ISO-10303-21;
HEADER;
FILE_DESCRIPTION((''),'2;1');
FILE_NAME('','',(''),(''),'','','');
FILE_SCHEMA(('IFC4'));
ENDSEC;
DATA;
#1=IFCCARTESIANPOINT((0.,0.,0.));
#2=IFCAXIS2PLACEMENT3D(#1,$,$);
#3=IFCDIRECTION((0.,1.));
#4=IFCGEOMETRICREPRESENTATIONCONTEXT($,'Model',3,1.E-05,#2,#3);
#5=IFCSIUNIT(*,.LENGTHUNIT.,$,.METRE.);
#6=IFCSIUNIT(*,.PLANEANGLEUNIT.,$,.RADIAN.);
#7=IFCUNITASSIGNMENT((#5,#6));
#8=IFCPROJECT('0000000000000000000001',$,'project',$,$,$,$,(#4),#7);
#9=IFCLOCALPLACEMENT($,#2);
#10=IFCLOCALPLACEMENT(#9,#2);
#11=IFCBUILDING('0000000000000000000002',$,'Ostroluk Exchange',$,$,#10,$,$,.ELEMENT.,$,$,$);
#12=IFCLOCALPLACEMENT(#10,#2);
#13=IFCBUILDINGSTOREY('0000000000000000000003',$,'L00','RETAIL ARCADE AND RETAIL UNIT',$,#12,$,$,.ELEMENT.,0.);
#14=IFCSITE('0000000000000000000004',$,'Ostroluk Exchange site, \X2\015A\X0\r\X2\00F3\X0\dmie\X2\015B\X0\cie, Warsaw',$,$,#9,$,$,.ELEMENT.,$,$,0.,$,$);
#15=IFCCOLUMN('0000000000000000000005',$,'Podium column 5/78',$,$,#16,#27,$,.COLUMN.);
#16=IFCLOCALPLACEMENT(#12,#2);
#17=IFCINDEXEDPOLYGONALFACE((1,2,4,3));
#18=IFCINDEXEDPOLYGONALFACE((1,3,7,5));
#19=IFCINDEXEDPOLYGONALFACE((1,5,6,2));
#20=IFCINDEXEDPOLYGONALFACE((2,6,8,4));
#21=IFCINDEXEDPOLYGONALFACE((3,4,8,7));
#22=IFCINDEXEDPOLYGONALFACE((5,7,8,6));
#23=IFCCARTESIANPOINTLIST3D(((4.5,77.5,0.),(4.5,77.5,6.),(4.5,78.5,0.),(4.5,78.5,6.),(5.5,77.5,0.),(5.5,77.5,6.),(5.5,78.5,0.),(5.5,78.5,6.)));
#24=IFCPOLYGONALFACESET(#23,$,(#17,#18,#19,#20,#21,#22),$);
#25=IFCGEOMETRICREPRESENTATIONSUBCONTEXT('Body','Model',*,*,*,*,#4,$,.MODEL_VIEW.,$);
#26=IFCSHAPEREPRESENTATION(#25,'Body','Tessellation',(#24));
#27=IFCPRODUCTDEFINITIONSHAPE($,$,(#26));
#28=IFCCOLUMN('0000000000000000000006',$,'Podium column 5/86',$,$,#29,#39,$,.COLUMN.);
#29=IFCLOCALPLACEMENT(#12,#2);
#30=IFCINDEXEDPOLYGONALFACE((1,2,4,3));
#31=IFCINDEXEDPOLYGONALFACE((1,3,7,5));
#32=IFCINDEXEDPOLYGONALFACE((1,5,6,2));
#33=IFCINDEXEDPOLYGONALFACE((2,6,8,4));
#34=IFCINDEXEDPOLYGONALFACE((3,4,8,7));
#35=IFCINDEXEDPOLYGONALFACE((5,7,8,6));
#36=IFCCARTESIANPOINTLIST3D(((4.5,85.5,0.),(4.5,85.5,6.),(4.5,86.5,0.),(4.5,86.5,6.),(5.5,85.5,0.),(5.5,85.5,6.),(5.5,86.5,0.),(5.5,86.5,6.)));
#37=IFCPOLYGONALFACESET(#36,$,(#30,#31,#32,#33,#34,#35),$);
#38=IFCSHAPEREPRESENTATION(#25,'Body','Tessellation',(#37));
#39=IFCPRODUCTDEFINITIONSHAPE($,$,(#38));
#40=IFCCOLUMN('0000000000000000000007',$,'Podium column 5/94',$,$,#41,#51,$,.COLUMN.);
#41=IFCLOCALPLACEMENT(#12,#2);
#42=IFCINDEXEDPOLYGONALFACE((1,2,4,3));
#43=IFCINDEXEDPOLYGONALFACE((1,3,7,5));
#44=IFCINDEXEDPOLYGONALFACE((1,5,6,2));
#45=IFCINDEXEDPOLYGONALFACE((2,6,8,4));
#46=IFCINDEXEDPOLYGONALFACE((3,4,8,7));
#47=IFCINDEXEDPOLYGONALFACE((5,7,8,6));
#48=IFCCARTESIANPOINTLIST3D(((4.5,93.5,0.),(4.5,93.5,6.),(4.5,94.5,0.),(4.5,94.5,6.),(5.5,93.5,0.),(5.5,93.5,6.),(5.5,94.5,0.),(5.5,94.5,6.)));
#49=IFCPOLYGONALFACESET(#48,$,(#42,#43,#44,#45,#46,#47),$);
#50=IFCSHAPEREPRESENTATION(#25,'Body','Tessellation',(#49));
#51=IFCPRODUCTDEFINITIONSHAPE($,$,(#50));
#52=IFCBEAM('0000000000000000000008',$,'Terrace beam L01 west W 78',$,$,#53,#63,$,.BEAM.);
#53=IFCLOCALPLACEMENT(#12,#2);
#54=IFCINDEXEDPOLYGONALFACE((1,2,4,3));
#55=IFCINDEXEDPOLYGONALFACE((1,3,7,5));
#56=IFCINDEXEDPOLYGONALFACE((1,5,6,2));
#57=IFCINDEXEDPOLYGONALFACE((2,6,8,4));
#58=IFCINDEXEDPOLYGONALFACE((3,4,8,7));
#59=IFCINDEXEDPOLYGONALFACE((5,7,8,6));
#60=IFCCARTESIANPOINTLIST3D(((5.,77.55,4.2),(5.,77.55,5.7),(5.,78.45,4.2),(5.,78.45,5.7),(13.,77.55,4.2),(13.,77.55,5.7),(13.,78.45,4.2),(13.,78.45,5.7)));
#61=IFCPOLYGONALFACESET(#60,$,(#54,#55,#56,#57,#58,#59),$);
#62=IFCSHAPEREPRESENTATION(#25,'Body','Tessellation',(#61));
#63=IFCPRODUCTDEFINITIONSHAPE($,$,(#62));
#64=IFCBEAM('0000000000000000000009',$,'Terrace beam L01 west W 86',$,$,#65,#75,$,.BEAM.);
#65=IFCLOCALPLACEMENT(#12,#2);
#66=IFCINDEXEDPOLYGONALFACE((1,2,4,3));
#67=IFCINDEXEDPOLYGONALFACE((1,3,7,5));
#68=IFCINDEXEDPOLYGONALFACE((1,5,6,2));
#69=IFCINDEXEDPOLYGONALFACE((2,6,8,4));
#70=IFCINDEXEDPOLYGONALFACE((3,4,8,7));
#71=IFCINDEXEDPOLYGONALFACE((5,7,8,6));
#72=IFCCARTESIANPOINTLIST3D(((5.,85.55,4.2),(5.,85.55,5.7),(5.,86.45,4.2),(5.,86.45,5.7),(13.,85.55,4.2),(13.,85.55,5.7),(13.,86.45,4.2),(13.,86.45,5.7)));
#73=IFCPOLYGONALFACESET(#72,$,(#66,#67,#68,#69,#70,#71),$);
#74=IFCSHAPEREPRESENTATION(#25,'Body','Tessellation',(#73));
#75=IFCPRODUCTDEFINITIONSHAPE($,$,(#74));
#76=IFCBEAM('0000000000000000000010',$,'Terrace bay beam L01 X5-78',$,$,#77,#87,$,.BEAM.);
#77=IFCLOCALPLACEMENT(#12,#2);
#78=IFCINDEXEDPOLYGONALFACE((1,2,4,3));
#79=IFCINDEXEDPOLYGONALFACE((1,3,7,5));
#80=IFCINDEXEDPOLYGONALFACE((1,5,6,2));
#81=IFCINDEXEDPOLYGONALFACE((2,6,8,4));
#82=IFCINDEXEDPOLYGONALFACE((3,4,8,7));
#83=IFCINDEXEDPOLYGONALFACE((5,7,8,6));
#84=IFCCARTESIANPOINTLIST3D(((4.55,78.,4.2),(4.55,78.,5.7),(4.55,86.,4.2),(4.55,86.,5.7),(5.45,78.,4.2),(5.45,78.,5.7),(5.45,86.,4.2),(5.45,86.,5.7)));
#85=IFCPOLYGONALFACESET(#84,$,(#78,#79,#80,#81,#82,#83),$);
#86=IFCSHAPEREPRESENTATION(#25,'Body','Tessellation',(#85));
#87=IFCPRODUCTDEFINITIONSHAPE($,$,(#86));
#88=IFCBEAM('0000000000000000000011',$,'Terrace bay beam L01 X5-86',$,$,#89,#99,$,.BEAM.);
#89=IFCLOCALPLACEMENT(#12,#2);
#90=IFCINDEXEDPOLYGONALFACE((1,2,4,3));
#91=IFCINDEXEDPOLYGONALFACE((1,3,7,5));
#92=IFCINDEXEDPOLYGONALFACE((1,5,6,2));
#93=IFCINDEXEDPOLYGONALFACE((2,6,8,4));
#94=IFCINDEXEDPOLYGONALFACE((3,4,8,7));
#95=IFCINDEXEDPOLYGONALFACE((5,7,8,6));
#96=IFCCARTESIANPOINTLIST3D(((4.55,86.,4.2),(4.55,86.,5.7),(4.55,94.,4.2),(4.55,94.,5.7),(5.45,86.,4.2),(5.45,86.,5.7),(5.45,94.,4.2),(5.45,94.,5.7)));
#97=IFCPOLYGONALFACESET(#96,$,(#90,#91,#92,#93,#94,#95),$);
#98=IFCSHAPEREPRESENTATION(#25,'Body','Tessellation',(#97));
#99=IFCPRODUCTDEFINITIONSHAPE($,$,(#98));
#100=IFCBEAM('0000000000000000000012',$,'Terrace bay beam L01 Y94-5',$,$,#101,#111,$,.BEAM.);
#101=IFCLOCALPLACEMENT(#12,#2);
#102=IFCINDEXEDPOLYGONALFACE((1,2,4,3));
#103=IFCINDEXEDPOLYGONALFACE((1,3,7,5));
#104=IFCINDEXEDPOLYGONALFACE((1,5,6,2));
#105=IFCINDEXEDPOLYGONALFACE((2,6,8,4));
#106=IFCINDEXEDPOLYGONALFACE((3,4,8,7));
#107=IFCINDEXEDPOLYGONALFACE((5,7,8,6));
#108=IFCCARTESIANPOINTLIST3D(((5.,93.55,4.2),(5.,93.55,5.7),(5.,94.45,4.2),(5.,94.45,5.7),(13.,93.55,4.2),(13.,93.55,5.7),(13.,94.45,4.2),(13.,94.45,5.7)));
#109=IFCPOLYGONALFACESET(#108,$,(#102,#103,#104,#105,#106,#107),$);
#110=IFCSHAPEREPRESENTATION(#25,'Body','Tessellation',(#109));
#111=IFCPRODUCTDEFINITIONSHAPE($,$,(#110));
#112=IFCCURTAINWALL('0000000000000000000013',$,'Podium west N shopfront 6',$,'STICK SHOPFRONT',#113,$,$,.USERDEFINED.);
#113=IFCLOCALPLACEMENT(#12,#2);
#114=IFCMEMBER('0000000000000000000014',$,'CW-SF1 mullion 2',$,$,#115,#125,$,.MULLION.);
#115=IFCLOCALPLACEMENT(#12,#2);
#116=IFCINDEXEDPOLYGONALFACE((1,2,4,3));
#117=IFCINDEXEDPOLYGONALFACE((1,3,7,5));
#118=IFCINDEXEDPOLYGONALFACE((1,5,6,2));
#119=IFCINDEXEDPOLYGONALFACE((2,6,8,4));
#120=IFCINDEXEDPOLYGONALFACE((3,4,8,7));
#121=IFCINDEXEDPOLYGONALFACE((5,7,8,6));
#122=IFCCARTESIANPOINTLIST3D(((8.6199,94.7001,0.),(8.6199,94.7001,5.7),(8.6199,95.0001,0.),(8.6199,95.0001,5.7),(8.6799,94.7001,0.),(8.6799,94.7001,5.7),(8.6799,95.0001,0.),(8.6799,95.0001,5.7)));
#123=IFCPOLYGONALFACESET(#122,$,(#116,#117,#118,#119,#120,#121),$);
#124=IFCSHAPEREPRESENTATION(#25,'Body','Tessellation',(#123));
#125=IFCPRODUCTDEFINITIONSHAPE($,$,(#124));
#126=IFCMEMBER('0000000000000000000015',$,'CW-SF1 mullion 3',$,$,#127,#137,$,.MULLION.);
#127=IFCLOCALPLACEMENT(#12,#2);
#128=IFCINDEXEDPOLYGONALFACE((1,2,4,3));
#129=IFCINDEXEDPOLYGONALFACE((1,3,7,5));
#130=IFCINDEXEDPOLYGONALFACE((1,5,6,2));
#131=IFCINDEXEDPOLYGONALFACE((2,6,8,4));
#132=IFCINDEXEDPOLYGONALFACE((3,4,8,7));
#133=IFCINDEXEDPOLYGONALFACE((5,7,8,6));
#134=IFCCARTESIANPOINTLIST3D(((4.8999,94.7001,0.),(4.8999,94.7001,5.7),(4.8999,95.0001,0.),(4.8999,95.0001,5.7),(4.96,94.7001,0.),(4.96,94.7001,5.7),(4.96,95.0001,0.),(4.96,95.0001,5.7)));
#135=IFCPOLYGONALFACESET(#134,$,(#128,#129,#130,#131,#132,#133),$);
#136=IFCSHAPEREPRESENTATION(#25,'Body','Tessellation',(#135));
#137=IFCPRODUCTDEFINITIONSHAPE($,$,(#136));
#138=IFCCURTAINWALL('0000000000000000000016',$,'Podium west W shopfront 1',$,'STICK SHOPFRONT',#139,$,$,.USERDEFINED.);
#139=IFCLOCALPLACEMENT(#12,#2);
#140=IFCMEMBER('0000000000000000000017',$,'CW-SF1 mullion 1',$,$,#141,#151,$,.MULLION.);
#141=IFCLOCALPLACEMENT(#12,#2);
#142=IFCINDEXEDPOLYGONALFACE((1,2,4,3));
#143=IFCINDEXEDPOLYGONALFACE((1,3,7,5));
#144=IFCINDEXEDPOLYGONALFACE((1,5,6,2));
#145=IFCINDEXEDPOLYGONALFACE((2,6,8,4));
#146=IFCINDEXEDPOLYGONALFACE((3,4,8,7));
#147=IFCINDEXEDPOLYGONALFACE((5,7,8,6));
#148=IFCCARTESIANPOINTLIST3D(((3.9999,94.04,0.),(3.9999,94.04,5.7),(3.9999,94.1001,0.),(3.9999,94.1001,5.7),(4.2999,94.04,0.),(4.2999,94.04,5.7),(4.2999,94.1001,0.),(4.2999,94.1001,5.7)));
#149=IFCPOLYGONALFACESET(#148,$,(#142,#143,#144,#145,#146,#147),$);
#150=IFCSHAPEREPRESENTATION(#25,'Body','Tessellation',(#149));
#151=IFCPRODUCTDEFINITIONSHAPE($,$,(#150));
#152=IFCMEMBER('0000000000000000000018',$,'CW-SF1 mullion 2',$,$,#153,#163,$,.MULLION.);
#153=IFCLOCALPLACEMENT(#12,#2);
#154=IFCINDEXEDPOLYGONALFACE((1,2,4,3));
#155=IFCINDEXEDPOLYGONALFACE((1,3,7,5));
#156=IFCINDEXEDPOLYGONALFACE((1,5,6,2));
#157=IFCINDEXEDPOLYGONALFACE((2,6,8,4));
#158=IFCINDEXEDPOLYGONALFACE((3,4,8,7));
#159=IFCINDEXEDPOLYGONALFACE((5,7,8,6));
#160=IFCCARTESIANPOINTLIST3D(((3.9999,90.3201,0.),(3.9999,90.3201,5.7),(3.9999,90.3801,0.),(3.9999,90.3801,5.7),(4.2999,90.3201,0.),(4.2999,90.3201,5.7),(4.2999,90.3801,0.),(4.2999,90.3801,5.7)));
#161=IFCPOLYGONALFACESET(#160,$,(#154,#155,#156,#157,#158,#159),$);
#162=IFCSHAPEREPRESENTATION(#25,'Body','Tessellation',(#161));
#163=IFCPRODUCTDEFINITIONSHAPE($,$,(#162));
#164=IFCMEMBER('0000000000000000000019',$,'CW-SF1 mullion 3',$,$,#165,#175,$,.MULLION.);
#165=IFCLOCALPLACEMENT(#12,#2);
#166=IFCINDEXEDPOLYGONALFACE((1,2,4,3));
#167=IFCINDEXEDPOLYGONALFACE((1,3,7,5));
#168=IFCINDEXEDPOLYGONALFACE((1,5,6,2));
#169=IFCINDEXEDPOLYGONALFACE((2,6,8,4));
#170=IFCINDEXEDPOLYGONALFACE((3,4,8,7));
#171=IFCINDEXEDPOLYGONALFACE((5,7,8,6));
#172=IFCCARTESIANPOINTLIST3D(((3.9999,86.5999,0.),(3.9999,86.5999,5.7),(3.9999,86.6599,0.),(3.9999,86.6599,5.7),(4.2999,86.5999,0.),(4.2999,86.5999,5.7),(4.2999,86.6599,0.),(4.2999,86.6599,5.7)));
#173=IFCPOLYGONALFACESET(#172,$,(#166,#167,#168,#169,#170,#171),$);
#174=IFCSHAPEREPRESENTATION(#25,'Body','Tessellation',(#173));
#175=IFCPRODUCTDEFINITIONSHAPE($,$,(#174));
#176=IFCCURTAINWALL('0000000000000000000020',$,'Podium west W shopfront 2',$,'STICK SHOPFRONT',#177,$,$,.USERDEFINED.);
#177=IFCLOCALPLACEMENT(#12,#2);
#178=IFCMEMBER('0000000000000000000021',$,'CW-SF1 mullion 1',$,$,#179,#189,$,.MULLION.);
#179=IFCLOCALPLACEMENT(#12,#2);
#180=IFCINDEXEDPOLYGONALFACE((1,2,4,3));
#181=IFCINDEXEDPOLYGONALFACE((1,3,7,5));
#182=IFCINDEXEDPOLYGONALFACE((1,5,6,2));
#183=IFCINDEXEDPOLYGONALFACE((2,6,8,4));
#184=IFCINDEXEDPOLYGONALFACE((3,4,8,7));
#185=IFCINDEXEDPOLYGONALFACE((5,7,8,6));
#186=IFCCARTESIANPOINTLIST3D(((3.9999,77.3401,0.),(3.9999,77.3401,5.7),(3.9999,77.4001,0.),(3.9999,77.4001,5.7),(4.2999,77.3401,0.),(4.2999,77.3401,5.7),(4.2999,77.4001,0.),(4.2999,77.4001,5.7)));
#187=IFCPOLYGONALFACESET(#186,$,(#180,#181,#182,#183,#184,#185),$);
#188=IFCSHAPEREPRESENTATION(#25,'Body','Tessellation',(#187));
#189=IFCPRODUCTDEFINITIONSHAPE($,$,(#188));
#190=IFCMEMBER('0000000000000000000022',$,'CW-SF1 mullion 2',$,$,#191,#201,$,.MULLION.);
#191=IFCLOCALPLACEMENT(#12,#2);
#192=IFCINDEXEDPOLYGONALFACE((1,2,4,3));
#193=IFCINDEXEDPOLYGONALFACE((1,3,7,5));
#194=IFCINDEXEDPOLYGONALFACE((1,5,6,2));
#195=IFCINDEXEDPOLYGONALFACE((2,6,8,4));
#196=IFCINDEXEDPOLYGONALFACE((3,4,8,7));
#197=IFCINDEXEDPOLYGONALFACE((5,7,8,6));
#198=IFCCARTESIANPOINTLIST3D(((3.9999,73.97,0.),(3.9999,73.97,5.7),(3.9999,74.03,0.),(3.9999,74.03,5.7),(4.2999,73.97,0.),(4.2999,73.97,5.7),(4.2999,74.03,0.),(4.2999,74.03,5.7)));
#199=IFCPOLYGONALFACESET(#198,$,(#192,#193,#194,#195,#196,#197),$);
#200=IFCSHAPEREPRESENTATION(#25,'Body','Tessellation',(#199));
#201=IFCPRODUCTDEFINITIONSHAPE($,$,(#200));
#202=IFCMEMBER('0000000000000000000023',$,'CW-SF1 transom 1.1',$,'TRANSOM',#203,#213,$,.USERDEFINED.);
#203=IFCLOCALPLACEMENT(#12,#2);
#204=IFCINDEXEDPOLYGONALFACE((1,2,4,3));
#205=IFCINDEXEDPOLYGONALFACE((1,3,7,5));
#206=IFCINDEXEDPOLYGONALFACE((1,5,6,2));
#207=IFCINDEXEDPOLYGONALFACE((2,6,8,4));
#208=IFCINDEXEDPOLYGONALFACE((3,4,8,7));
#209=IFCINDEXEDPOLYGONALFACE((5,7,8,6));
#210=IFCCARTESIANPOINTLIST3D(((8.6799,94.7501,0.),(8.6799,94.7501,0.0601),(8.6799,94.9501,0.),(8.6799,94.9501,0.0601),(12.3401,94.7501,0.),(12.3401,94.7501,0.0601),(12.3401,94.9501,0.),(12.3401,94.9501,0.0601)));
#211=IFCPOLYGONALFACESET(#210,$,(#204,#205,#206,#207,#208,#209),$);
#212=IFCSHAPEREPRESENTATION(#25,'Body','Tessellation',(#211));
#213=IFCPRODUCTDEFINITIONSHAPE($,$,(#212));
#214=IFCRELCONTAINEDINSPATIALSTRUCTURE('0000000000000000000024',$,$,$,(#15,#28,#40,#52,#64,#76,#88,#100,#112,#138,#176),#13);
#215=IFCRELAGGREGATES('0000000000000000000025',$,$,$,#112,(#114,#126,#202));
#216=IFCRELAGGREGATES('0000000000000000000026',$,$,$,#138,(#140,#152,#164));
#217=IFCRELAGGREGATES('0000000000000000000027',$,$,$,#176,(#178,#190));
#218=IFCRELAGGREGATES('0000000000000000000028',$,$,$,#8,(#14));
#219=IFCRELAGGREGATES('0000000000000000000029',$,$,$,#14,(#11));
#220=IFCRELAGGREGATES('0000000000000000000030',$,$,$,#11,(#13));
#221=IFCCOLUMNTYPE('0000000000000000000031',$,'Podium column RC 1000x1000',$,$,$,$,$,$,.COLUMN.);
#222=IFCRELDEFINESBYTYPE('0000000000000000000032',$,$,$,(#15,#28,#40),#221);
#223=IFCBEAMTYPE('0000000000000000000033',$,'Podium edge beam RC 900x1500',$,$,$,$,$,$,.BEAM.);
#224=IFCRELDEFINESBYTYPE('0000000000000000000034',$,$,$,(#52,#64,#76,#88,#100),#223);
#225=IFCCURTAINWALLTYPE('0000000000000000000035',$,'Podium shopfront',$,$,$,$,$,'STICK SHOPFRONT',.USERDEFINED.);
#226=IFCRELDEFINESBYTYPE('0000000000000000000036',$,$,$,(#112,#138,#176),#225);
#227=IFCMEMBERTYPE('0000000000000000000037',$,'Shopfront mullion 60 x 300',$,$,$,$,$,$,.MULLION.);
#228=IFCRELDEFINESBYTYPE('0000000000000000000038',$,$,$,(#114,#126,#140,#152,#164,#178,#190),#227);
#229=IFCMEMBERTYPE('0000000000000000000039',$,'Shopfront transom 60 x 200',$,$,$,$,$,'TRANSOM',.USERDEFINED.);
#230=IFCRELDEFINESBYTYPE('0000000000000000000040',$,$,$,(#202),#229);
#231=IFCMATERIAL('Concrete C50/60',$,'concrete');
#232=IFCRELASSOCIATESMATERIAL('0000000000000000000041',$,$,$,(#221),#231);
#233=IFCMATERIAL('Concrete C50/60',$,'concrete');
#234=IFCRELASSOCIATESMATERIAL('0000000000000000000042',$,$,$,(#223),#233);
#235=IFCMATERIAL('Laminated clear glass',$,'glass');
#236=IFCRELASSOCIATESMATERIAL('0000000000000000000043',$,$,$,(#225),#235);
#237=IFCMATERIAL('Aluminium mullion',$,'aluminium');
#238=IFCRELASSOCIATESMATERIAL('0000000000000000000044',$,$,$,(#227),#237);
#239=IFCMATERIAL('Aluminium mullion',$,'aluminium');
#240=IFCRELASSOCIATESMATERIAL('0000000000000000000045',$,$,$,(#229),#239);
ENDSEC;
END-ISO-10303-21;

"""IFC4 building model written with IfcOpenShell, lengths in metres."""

from ifc_helpers import new_model, si_unit, direction, frame, origin, origin_2d, place, context, subcontext, project, spatial, rectangle, extrude, material, material_profile, profile_set, type_object, element, aggregate, save


model = new_model("IFC4")

# Units and contexts
model_context = context("Model", 3, precision=1e-05, world=origin(), true_north=direction((0.0, 1.0)))
body_context = subcontext(model_context, "Body", "Model", "MODEL_VIEW")
ifc_project = project(units=[si_unit("LENGTHUNIT", "METRE"), si_unit("PLANEANGLEUNIT", "RADIAN")], contexts=[model_context])

# Site, building, storey
site_placement = place(None, origin())
site = spatial("IfcSite", under=ifc_project, at=site_placement, Name="Ostroluk Exchange site, Śródmieście, Warsaw", CompositionType="ELEMENT", RefElevation=0.0)
building_placement = place(site_placement, origin())
building = spatial("IfcBuilding", under=site, at=building_placement, Name="Ostroluk Exchange", CompositionType="ELEMENT")
storey_placement = place(building_placement, origin())
storey = spatial("IfcBuildingStorey", under=building, at=storey_placement, Name="L00", Description="RETAIL ARCADE AND RETAIL UNIT", CompositionType="ELEMENT", Elevation=0.0)

# Columns
ifc_material_1 = material(Name="Concrete C50/60", Category="concrete")
ifc_material_profile_1 = material_profile(ifc_material_1, rectangle(XDim=1.0, YDim=1.0, at=origin_2d()), Name="RC 1000x1000")
ifc_profile_set_1 = profile_set([ifc_material_profile_1], Name="Concrete C50/60")
column_type = type_object("IfcColumnType", Name="Podium column RC 1000x1000", PredefinedType="COLUMN", material=ifc_profile_set_1)
for number, where, z_axis, x_axis, name in (
    (1, (5.0, 78.0, 0.0), (0.0, 0.0, 1.0), (1.0, 0.0, 0.0), "Podium column 5/78"),
    (2, (5.0, 86.0, 0.0), (0.0, 0.0, 1.0), (1.0, 0.0, 0.0), "Podium column 5/86"),
    (3, (5.0, 94.0, 0.0), (0.0, 0.0, 1.0), (1.0, 0.0, 0.0), "Podium column 5/94"),
):
    element("IfcColumn", number, at=place(storey_placement, frame(where, z_axis=z_axis, x_axis=x_axis)), inside=storey, type_object=column_type, Name=name, PredefinedType="COLUMN", context=body_context, shape_type="SweptSolid", body=[
        extrude(rectangle(XDim=1.0, YDim=1.0, at=origin_2d()), origin(), (0.0, 0.0, 1.0), 6.0),
    ])

# Beams
ifc_material_2 = material(Name="Concrete C50/60", Category="concrete")
ifc_material_profile_2 = material_profile(ifc_material_2, rectangle(XDim=0.8999, YDim=1.5, at=origin_2d()), Name="RC 900x1500")
ifc_profile_set_2 = profile_set([ifc_material_profile_2], Name="Concrete C50/60")
beam_type = type_object("IfcBeamType", Name="Podium edge beam RC 900x1500", PredefinedType="BEAM", material=ifc_profile_set_2)
for number, where, z_axis, x_axis, name in (
    (4, (5.0, 78.0, 4.95), (1.0, 0.0, 0.0), (0.0, 1.0, 0.0), "Terrace beam L01 west W 78"),
    (5, (5.0, 86.0, 4.95), (1.0, 0.0, 0.0), (0.0, 1.0, 0.0), "Terrace beam L01 west W 86"),
    (6, (5.0, 78.0, 4.95), (0.0, 1.0, 0.0), (-1.0, 0.0, 0.0), "Terrace bay beam L01 X5-78"),
    (7, (5.0, 86.0, 4.95), (0.0, 1.0, 0.0), (-1.0, 0.0, 0.0), "Terrace bay beam L01 X5-86"),
    (8, (5.0, 94.0, 4.95), (1.0, 0.0, 0.0), (0.0, 1.0, 0.0), "Terrace bay beam L01 Y94-5"),
):
    element("IfcBeam", number, at=place(storey_placement, frame(where, z_axis=z_axis, x_axis=x_axis)), inside=storey, type_object=beam_type, Name=name, PredefinedType="BEAM", context=body_context, shape_type="SweptSolid", body=[
        extrude(rectangle(XDim=0.8999, YDim=1.5, at=origin_2d()), origin(), (0.0, 0.0, 1.0), 8.0),
    ])

# Curtain walls, members
ifc_material_3 = material(Name="Laminated clear glass", Category="glass")
curtain_wall_type = type_object("IfcCurtainWallType", Name="Podium shopfront", ElementType="STICK SHOPFRONT", PredefinedType="USERDEFINED", material=ifc_material_3)
curtain_wall_1_placement = place(storey_placement, origin())
curtain_wall_1 = element("IfcCurtainWall", 9, at=curtain_wall_1_placement, inside=storey, type_object=curtain_wall_type, Name="Podium west N shopfront 6", ObjectType="STICK SHOPFRONT", PredefinedType="USERDEFINED")
ifc_material_4 = material(Name="Aluminium mullion", Category="aluminium")
ifc_material_profile_3 = material_profile(ifc_material_4, rectangle(XDim=0.3, YDim=0.0601, at=origin_2d()), Name="Shopfront mullion 60 x 300")
ifc_profile_set_3 = profile_set([ifc_material_profile_3], Name="Aluminium mullion")
member_type_1 = type_object("IfcMemberType", Name="Shopfront mullion 60 x 300", PredefinedType="MULLION", material=ifc_profile_set_3)
member_1_placement = place(storey_placement, frame((8.6499, 94.8501, 0.0), z_axis=(0.0, 0.0, 1.0), x_axis=(0.0, -1.0, 0.0)))
member_1 = element("IfcMember", 10, at=member_1_placement, type_object=member_type_1, Name="CW-SF1 mullion 2", PredefinedType="MULLION", context=body_context, shape_type="SweptSolid", body=[
    extrude(rectangle(XDim=0.3, YDim=0.0601, at=origin_2d()), origin(), (0.0, 0.0, 1.0), 5.7),
])
member_2_placement = place(storey_placement, frame((4.9299, 94.8501, 0.0), z_axis=(0.0, 0.0, 1.0), x_axis=(0.0, -1.0, 0.0)))
member_2 = element("IfcMember", 11, at=member_2_placement, type_object=member_type_1, Name="CW-SF1 mullion 3", PredefinedType="MULLION", context=body_context, shape_type="SweptSolid", body=[
    extrude(rectangle(XDim=0.3, YDim=0.0601, at=origin_2d()), origin(), (0.0, 0.0, 1.0), 5.7),
])
curtain_wall_2_placement = place(storey_placement, origin())
curtain_wall_2 = element("IfcCurtainWall", 12, at=curtain_wall_2_placement, inside=storey, type_object=curtain_wall_type, Name="Podium west W shopfront 1", ObjectType="STICK SHOPFRONT", PredefinedType="USERDEFINED")
member_3_placement = place(storey_placement, frame((4.1499, 94.0701, 0.0), z_axis=(0.0, 0.0, 1.0), x_axis=(1.0, 0.0, 0.0)))
member_3 = element("IfcMember", 13, at=member_3_placement, type_object=member_type_1, Name="CW-SF1 mullion 1", PredefinedType="MULLION", context=body_context, shape_type="SweptSolid", body=[
    extrude(rectangle(XDim=0.3, YDim=0.0601, at=origin_2d()), origin(), (0.0, 0.0, 1.0), 5.7),
])
member_4_placement = place(storey_placement, frame((4.1499, 90.3501, 0.0), z_axis=(0.0, 0.0, 1.0), x_axis=(1.0, 0.0, 0.0)))
member_4 = element("IfcMember", 14, at=member_4_placement, type_object=member_type_1, Name="CW-SF1 mullion 2", PredefinedType="MULLION", context=body_context, shape_type="SweptSolid", body=[
    extrude(rectangle(XDim=0.3, YDim=0.0601, at=origin_2d()), origin(), (0.0, 0.0, 1.0), 5.7),
])
member_5_placement = place(storey_placement, frame((4.1499, 86.6299, 0.0), z_axis=(0.0, 0.0, 1.0), x_axis=(1.0, 0.0, 0.0)))
member_5 = element("IfcMember", 15, at=member_5_placement, type_object=member_type_1, Name="CW-SF1 mullion 3", PredefinedType="MULLION", context=body_context, shape_type="SweptSolid", body=[
    extrude(rectangle(XDim=0.3, YDim=0.0601, at=origin_2d()), origin(), (0.0, 0.0, 1.0), 5.7),
])
curtain_wall_3_placement = place(storey_placement, origin())
curtain_wall_3 = element("IfcCurtainWall", 16, at=curtain_wall_3_placement, inside=storey, type_object=curtain_wall_type, Name="Podium west W shopfront 2", ObjectType="STICK SHOPFRONT", PredefinedType="USERDEFINED")
member_6_placement = place(storey_placement, frame((4.1499, 77.3701, 0.0), z_axis=(0.0, 0.0, 1.0), x_axis=(1.0, 0.0, 0.0)))
member_6 = element("IfcMember", 17, at=member_6_placement, type_object=member_type_1, Name="CW-SF1 mullion 1", PredefinedType="MULLION", context=body_context, shape_type="SweptSolid", body=[
    extrude(rectangle(XDim=0.3, YDim=0.0601, at=origin_2d()), origin(), (0.0, 0.0, 1.0), 5.7),
])
member_7_placement = place(storey_placement, frame((4.1499, 74.0, 0.0), z_axis=(0.0, 0.0, 1.0), x_axis=(1.0, 0.0, 0.0)))
member_7 = element("IfcMember", 18, at=member_7_placement, type_object=member_type_1, Name="CW-SF1 mullion 2", PredefinedType="MULLION", context=body_context, shape_type="SweptSolid", body=[
    extrude(rectangle(XDim=0.3, YDim=0.0601, at=origin_2d()), origin(), (0.0, 0.0, 1.0), 5.7),
])

# Member
ifc_material_5 = material(Name="Aluminium mullion", Category="aluminium")
ifc_material_profile_4 = material_profile(ifc_material_5, rectangle(XDim=0.2, YDim=0.0601, at=origin_2d()), Name="Shopfront transom 60 x 200")
ifc_profile_set_4 = profile_set([ifc_material_profile_4], Name="Aluminium mullion")
member_type_2 = type_object("IfcMemberType", Name="Shopfront transom 60 x 200", ElementType="TRANSOM", PredefinedType="USERDEFINED", material=ifc_profile_set_4)
member_8_placement = place(storey_placement, frame((12.3401, 94.8501, 0.03), z_axis=(-1.0, 0.0, 0.0), x_axis=(0.0, -1.0, 0.0)))
member_8 = element("IfcMember", 19, at=member_8_placement, type_object=member_type_2, Name="CW-SF1 transom 1.1", ObjectType="TRANSOM", PredefinedType="USERDEFINED", context=body_context, shape_type="SweptSolid", body=[
    extrude(rectangle(XDim=0.2, YDim=0.0601, at=origin_2d()), origin(), (0.0, 0.0, 1.0), 3.6602),
])

aggregate(curtain_wall_1, [member_1, member_2, member_8])
aggregate(curtain_wall_2, [member_3, member_4, member_5])
aggregate(curtain_wall_3, [member_6, member_7])

save(model, "model.ifc")
